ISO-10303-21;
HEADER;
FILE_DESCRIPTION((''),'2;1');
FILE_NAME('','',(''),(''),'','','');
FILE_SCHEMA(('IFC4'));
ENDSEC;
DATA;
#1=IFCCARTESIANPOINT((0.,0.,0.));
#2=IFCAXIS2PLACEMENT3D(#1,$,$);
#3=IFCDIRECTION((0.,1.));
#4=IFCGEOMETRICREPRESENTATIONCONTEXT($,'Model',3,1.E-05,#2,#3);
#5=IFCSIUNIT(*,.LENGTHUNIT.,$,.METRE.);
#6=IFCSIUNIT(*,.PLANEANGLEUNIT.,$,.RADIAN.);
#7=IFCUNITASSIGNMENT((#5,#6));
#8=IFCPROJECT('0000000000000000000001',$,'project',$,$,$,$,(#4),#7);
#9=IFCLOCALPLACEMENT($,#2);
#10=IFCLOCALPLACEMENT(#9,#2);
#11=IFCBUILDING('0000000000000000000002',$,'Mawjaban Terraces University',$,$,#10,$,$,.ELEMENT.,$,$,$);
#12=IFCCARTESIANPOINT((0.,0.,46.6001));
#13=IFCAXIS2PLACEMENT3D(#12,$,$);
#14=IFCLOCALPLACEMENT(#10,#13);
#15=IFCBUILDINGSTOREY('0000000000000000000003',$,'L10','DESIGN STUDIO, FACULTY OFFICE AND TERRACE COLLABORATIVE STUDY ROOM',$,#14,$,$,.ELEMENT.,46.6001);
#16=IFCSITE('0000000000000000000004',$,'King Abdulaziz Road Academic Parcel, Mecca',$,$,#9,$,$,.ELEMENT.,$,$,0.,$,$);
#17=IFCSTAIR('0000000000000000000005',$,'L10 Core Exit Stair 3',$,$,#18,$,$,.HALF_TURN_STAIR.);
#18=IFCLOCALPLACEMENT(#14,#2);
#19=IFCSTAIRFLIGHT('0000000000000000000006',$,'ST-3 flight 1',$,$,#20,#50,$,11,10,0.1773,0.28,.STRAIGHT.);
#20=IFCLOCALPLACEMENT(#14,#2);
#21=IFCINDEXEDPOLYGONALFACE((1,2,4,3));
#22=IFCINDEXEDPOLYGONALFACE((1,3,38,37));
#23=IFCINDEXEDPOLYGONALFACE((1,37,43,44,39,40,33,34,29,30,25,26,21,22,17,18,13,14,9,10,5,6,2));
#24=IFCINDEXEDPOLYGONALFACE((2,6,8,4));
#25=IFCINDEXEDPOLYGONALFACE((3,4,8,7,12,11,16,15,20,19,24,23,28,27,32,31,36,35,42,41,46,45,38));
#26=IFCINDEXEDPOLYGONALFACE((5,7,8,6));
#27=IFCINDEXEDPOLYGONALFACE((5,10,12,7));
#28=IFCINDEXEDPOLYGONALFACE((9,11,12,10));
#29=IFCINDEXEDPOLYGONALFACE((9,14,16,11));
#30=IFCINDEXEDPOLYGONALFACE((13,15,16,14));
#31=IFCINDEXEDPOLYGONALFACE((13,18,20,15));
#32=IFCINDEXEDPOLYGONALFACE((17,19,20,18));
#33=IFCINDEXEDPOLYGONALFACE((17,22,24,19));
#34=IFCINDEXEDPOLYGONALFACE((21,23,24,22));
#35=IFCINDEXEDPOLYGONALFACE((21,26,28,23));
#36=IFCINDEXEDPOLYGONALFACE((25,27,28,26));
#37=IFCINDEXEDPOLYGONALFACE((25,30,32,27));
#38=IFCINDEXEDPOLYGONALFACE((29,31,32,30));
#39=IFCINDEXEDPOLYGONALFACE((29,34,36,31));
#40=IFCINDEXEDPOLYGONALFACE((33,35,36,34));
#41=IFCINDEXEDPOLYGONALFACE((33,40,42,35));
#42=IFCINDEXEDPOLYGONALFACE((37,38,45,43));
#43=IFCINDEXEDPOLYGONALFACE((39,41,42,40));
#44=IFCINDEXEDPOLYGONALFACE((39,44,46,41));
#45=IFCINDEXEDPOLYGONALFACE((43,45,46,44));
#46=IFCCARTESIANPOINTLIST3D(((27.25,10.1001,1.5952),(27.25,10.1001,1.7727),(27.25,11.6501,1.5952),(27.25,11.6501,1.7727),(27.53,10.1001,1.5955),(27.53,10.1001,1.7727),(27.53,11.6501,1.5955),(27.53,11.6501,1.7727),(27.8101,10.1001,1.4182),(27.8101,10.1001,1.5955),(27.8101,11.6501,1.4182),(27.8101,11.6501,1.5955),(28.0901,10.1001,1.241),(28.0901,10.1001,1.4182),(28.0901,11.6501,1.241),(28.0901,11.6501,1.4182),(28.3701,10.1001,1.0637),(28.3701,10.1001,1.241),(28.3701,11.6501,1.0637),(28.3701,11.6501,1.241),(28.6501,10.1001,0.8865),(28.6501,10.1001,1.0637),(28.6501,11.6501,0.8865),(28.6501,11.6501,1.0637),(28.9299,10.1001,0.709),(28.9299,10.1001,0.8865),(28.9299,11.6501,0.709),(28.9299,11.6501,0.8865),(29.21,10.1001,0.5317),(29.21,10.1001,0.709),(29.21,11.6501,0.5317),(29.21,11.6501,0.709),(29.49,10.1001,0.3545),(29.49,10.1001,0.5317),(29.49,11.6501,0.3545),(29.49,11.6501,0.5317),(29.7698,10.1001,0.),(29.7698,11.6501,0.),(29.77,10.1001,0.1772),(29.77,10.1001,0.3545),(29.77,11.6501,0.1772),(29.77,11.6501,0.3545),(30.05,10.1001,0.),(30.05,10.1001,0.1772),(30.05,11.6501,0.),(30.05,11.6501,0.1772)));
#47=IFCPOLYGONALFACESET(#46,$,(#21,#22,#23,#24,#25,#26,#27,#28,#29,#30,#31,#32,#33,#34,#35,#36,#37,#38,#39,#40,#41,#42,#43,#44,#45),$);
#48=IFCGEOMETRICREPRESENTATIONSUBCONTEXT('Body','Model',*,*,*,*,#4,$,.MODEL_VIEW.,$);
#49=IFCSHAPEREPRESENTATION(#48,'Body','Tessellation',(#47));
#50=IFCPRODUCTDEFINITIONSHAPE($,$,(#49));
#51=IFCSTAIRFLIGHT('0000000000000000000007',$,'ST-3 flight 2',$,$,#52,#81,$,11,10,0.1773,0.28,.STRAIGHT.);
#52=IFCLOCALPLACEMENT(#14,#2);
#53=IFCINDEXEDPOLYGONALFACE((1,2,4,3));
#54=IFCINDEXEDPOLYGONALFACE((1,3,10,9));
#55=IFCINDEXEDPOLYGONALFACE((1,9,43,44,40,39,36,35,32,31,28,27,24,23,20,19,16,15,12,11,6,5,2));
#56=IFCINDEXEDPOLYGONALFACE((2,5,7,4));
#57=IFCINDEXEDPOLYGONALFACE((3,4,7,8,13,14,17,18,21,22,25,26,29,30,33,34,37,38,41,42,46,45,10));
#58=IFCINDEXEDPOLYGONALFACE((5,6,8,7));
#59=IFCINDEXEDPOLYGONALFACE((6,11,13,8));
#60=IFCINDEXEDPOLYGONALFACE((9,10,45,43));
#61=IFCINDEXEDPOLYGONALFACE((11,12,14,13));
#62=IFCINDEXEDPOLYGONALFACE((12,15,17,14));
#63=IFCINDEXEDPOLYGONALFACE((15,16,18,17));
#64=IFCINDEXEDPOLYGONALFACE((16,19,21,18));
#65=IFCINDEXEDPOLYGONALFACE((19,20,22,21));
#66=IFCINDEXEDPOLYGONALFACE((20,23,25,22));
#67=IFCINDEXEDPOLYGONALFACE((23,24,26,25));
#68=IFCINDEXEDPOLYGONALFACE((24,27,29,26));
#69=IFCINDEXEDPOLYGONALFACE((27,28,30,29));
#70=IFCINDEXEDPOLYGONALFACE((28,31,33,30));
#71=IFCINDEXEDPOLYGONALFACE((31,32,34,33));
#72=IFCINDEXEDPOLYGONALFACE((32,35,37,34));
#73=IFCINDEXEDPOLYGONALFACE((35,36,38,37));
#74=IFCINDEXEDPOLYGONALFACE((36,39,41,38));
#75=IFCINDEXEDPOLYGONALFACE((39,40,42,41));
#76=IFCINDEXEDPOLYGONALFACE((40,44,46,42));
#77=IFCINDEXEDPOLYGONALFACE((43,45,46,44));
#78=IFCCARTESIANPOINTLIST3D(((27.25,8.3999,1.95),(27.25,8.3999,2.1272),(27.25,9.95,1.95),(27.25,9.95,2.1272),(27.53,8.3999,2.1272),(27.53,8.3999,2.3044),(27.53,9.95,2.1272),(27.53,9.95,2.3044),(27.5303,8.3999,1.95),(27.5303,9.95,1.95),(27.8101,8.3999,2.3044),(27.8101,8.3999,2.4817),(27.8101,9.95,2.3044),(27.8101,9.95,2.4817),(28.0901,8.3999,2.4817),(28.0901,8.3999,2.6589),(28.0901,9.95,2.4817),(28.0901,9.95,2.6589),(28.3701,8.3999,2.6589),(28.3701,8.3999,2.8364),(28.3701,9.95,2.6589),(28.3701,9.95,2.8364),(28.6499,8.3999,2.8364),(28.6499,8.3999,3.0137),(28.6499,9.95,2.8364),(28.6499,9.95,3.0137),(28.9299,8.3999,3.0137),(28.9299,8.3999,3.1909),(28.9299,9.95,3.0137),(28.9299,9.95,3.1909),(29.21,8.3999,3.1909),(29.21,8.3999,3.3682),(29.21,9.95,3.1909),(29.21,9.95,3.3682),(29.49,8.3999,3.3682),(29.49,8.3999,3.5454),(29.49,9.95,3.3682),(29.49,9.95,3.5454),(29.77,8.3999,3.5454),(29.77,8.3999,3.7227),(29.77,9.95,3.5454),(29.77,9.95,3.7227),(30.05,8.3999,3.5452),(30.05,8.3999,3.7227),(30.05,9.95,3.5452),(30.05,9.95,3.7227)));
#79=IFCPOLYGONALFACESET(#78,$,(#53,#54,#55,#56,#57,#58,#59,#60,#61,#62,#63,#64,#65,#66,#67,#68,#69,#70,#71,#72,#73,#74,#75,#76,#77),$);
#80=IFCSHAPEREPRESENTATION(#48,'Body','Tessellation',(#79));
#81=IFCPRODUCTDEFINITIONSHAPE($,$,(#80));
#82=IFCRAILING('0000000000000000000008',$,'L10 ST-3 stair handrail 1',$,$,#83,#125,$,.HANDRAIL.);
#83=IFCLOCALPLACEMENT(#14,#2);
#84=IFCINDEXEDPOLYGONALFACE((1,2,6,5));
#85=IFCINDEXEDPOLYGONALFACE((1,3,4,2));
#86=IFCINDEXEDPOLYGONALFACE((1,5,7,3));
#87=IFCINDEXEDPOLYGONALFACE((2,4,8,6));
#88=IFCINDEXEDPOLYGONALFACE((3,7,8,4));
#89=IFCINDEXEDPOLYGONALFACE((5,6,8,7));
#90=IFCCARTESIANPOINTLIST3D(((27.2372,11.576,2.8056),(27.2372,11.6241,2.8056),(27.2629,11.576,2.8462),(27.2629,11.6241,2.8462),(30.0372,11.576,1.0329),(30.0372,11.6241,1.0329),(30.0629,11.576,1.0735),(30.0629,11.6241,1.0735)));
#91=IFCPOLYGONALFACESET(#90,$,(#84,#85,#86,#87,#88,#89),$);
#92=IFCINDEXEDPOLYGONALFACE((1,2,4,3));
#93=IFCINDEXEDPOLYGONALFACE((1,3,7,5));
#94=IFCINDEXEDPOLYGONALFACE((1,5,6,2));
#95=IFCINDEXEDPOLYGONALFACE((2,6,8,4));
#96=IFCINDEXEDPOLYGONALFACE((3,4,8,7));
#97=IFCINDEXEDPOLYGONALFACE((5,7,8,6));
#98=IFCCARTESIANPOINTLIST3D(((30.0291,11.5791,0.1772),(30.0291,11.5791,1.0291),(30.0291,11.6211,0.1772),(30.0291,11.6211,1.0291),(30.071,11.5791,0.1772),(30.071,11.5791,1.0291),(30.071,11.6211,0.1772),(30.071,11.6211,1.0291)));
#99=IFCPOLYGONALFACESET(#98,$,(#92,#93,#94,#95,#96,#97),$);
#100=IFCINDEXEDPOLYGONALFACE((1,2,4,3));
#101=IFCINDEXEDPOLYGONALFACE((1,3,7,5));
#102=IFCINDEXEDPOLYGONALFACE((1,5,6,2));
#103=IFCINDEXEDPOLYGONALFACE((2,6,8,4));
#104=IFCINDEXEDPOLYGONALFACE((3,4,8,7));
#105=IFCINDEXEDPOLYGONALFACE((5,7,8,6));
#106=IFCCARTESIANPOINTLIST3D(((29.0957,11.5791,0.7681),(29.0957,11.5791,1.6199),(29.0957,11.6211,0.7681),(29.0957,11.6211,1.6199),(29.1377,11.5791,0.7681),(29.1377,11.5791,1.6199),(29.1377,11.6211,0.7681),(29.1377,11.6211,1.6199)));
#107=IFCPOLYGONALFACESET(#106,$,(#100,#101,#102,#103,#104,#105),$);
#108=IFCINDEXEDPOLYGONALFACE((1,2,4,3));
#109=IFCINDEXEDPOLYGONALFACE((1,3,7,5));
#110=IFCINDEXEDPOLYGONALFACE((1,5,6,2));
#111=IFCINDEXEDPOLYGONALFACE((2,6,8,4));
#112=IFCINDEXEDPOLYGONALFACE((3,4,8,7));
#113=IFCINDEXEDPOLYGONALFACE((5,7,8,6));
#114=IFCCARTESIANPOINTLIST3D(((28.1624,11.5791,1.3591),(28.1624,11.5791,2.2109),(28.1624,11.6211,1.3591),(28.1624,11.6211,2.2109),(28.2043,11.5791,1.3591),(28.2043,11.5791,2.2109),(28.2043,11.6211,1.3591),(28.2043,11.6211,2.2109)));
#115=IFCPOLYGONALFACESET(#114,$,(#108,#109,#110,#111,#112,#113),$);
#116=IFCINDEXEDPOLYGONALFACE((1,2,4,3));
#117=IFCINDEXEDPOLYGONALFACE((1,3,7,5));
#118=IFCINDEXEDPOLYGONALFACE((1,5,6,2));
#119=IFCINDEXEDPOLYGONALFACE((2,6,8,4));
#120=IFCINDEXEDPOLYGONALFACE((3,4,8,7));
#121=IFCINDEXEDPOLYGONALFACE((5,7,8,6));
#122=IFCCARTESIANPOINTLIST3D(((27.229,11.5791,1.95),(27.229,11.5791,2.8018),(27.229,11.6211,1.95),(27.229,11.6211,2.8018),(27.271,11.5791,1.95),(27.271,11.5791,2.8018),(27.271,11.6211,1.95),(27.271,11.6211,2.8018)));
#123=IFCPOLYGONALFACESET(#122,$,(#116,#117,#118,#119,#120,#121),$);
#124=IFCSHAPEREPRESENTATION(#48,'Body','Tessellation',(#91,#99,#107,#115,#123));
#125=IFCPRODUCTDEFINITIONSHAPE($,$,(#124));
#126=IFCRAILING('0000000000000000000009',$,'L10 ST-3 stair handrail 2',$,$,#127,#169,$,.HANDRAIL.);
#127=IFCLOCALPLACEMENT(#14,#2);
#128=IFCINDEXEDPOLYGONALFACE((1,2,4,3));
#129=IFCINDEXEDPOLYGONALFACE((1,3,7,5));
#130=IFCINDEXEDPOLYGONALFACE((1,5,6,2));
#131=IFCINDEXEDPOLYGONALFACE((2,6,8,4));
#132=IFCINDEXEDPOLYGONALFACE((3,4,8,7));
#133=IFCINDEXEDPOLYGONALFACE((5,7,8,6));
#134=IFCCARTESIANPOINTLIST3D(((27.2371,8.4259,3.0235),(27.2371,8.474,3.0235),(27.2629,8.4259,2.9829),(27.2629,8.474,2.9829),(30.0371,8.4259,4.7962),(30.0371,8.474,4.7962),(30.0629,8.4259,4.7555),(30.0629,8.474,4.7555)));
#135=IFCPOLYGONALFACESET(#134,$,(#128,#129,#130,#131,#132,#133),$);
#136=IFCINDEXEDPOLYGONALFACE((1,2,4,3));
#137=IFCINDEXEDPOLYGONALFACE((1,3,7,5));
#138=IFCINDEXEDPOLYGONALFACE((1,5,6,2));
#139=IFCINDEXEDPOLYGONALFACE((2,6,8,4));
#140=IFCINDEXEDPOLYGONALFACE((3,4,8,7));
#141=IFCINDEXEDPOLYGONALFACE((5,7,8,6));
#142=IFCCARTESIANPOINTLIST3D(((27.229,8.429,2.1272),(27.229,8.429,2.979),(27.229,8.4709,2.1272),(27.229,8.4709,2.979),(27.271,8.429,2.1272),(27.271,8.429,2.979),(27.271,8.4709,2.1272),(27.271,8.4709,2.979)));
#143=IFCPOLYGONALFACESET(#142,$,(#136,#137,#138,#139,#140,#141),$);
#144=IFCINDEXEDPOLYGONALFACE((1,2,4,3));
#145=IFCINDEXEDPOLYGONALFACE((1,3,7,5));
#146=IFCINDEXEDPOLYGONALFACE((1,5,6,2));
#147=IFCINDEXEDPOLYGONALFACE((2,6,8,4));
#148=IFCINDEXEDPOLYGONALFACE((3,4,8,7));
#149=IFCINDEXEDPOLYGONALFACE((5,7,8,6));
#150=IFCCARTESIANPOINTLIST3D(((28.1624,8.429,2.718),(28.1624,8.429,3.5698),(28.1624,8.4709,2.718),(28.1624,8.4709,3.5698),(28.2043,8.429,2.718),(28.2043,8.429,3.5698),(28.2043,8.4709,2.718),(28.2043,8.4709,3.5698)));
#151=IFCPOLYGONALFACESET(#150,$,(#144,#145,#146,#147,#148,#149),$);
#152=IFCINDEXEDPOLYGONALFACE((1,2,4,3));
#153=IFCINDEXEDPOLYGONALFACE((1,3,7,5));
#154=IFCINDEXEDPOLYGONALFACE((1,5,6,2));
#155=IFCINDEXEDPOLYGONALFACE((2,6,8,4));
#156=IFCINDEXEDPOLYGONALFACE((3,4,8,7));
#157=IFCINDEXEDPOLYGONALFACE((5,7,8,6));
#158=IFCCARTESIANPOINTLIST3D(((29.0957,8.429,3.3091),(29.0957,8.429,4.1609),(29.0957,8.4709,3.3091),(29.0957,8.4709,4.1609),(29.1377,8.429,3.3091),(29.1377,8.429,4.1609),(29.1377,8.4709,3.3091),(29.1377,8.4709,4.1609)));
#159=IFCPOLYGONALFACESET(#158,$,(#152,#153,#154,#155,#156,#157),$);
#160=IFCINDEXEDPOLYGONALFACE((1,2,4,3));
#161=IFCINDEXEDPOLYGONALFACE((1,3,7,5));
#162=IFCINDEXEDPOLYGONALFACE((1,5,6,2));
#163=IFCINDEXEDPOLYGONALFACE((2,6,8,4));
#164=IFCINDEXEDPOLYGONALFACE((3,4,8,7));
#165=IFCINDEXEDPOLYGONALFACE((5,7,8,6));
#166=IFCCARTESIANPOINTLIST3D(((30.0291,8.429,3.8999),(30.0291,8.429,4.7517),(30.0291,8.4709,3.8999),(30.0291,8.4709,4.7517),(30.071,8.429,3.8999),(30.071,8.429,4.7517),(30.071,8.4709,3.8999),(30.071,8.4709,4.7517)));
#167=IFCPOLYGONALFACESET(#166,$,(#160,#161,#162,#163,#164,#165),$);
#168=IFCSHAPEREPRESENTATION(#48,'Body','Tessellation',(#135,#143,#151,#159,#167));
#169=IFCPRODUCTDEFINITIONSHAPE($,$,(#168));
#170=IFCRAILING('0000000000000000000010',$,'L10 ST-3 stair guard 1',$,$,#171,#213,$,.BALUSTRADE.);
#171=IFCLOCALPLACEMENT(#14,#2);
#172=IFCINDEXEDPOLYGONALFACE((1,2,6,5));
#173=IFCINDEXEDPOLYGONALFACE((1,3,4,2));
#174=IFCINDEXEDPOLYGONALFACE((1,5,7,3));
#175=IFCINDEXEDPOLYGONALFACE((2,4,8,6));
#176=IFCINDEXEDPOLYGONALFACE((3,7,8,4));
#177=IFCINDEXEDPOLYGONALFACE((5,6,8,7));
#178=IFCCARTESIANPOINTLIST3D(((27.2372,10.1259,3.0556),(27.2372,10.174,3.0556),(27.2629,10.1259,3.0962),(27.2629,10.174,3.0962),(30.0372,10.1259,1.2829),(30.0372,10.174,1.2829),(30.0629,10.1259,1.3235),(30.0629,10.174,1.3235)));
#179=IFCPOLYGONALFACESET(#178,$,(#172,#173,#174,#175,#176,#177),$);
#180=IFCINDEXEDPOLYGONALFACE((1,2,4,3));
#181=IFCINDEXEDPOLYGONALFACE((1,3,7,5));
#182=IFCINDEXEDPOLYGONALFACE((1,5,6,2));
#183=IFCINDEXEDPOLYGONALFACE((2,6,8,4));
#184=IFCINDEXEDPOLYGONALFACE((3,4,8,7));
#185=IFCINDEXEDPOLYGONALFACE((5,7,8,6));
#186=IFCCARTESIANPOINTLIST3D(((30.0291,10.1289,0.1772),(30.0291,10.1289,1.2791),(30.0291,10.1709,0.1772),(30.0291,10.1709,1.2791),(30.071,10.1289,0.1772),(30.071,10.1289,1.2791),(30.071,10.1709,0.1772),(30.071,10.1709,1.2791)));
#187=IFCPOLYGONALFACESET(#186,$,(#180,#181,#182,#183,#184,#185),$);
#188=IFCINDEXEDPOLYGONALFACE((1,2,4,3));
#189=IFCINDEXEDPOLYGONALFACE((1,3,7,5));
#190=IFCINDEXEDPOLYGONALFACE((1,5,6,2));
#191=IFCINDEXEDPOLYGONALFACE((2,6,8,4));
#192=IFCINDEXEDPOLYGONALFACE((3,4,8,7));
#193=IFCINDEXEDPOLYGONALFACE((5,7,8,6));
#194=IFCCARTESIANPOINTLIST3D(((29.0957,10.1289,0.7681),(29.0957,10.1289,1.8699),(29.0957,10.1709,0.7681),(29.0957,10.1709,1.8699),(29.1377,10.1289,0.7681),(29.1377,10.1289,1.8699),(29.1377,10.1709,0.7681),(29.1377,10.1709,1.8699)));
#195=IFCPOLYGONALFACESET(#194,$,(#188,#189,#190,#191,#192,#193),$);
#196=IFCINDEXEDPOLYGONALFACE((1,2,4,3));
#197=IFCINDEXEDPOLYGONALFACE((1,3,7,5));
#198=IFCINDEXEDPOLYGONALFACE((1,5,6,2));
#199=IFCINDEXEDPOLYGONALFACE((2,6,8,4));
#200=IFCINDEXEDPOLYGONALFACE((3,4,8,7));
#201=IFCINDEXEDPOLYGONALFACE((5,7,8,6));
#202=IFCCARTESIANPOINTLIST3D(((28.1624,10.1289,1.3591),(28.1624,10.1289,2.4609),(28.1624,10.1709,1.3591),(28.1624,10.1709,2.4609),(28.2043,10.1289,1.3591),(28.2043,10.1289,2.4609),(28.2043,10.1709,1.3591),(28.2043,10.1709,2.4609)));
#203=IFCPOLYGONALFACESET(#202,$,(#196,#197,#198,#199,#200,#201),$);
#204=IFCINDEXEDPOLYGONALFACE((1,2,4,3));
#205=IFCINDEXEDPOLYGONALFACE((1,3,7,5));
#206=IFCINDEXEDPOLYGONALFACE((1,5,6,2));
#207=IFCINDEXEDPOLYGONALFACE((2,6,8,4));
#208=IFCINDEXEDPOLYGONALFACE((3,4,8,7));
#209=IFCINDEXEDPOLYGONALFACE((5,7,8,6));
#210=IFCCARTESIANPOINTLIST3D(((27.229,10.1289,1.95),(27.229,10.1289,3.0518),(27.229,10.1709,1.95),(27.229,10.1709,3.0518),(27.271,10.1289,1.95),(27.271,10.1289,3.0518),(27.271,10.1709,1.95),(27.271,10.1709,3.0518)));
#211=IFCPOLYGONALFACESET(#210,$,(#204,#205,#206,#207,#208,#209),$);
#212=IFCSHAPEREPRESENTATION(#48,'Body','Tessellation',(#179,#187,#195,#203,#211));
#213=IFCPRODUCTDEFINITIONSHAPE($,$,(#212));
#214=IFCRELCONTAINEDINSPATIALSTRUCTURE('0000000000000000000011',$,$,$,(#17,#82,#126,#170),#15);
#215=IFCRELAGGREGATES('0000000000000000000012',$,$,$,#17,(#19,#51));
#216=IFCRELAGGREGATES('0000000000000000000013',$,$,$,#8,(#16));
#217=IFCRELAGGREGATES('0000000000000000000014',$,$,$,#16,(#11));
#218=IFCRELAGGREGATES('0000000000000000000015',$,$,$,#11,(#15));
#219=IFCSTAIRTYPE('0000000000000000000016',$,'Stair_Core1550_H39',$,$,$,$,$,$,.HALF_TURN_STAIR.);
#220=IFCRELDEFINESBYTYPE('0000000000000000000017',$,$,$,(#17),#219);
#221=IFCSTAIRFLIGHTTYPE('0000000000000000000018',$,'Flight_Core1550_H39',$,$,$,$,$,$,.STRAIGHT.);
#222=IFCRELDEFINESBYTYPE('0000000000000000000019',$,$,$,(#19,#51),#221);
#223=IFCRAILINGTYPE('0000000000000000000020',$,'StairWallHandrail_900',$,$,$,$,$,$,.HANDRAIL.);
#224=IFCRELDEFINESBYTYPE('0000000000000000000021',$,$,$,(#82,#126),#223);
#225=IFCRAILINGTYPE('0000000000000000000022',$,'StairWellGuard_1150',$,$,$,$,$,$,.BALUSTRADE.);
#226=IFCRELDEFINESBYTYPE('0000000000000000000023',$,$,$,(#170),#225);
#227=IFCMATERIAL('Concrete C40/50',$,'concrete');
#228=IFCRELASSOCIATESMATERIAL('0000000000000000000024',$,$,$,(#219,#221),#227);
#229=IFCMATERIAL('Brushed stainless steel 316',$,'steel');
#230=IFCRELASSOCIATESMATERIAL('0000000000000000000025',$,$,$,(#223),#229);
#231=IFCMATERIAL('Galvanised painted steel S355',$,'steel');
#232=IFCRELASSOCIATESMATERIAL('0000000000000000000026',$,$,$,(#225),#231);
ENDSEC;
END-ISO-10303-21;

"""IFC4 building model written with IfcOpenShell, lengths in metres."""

from ifc_helpers import new_model, si_unit, direction, frame, origin, origin_2d, place, context, subcontext, project, spatial, polyline, rectangle, outline, extrude, material, type_object, element, aggregate, save


model = new_model("IFC4")

# Units and contexts
model_context = context("Model", 3, precision=1e-05, world=origin(), true_north=direction((0.0, 1.0)))
body_context = subcontext(model_context, "Body", "Model", "MODEL_VIEW")
ifc_project = project(units=[si_unit("LENGTHUNIT", "METRE"), si_unit("PLANEANGLEUNIT", "RADIAN")], contexts=[model_context])

# Site, building, storey
site_placement = place(None, origin())
site = spatial("IfcSite", under=ifc_project, at=site_placement, Name="King Abdulaziz Road Academic Parcel, Mecca", CompositionType="ELEMENT", RefElevation=0.0)
building_placement = place(site_placement, origin())
building = spatial("IfcBuilding", under=site, at=building_placement, Name="Mawjaban Terraces University", CompositionType="ELEMENT")
storey_placement = place(building_placement, frame((0.0, 0.0, 46.6001)))
storey = spatial("IfcBuildingStorey", under=building, at=storey_placement, Name="L10", Description="DESIGN STUDIO, FACULTY OFFICE AND TERRACE COLLABORATIVE STUDY ROOM", CompositionType="ELEMENT", Elevation=46.6001)

# Shared definitions
ifc_material_1 = material(Name="Concrete C40/50", Category="concrete")

# Stair, stair flights
stair_type = type_object("IfcStairType", Name="Stair_Core1550_H39", PredefinedType="HALF_TURN_STAIR", material=ifc_material_1)
stair_placement = place(storey_placement, origin())
stair = element("IfcStair", 1, at=stair_placement, inside=storey, type_object=stair_type, Name="L10 Core Exit Stair 3", PredefinedType="HALF_TURN_STAIR")
stair_flight_type = type_object("IfcStairFlightType", Name="Flight_Core1550_H39", PredefinedType="STRAIGHT", material=ifc_material_1)
stair_flight_1_placement = place(storey_placement, frame((30.05, 10.875, 0.0), z_axis=(0.0, 0.0, 1.0), x_axis=(-1.0, 0.0, 0.0)))
stair_flight_1 = element("IfcStairFlight", 2, at=stair_flight_1_placement, type_object=stair_flight_type, Name="ST-3 flight 1", NumberOfRisers=11, NumberOfTreads=10, PredefinedType="STRAIGHT", RiserHeight=0.1773, TreadLength=0.28, context=body_context, shape_type="SweptSolid", body=[
    extrude(outline(polyline([(0.0, 0.0), (0.0, 0.1772), (0.28, 0.1772), (0.28, 0.3545), (0.5601, 0.3545), (0.5601, 0.5317), (0.8401, 0.5317), (0.8401, 0.709), (1.1201, 0.709), (1.1201, 0.8865), (1.3999, 0.8865), (1.3999, 1.0637), (1.6799, 1.0637), (1.6799, 1.241), (1.96, 1.241), (1.96, 1.4182), (2.24, 1.4182), (2.24, 1.5955), (2.52, 1.5955), (2.52, 1.7727), (2.8, 1.7727), (2.8, 1.95), (2.8, 1.5952), (0.2803, 0.0), (0.0, 0.0)])), frame((0.0, 0.7749, 0.0), z_axis=(0.0, -1.0, 0.0), x_axis=(1.0, 0.0, 0.0)), (0.0, 0.0, 1.0), 1.55),
])
stair_flight_2_placement = place(storey_placement, frame((27.25, 9.175, 1.95), z_axis=(0.0, 0.0, 1.0), x_axis=(1.0, 0.0, 0.0)))
stair_flight_2 = element("IfcStairFlight", 3, at=stair_flight_2_placement, type_object=stair_flight_type, Name="ST-3 flight 2", NumberOfRisers=11, NumberOfTreads=10, PredefinedType="STRAIGHT", RiserHeight=0.1773, TreadLength=0.28, context=body_context, shape_type="SweptSolid", body=[
    extrude(outline(polyline([(0.0, 0.0), (0.0, 0.1772), (0.28, 0.1772), (0.28, 0.3545), (0.5601, 0.3545), (0.5601, 0.5317), (0.8401, 0.5317), (0.8401, 0.709), (1.1201, 0.709), (1.1201, 0.8865), (1.3999, 0.8865), (1.3999, 1.0637), (1.6799, 1.0637), (1.6799, 1.241), (1.96, 1.241), (1.96, 1.4182), (2.24, 1.4182), (2.24, 1.5955), (2.52, 1.5955), (2.52, 1.7727), (2.8, 1.7727), (2.8, 1.95), (2.8, 1.5952), (0.2803, 0.0), (0.0, 0.0)])), frame((0.0, 0.7749, 0.0), z_axis=(0.0, -1.0, 0.0), x_axis=(1.0, 0.0, 0.0)), (0.0, 0.0, 1.0), 1.55),
])
aggregate(stair, [stair_flight_1, stair_flight_2])

# Railings
ifc_material_2 = material(Name="Brushed stainless steel 316", Category="steel")
railing_type_1 = type_object("IfcRailingType", Name="StairWallHandrail_900", PredefinedType="HANDRAIL", material=ifc_material_2)
railing_1_placement = place(storey_placement, frame((30.05, 11.6001, 0.1772)))
element("IfcRailing", 4, at=railing_1_placement, inside=storey, type_object=railing_type_1, Name="L10 ST-3 stair handrail 1", PredefinedType="HANDRAIL", context=body_context, shape_type="SweptSolid", body=[
    extrude(rectangle(XDim=0.0481, YDim=0.0481, at=origin_2d()), frame((0.0, 0.0, 0.876), z_axis=(-0.844909, 0.0, 0.53491), x_axis=(0.0, -1.0, 0.0)), (0.0, 0.0, 1.0), 3.314),
    extrude(rectangle(XDim=0.042, YDim=0.042, at=origin_2d()), origin(), (0.0, 0.0, 1.0), 0.8518),
    extrude(rectangle(XDim=0.042, YDim=0.042, at=origin_2d()), frame((-0.9333, 0.0, 0.5908)), (0.0, 0.0, 1.0), 0.8518),
    extrude(rectangle(XDim=0.042, YDim=0.042, at=origin_2d()), frame((-1.8667, 0.0, 1.1819)), (0.0, 0.0, 1.0), 0.8518),
    extrude(rectangle(XDim=0.042, YDim=0.042, at=origin_2d()), frame((-2.8, 0.0, 1.7727)), (0.0, 0.0, 1.0), 0.8518),
])
railing_2_placement = place(storey_placement, frame((27.25, 8.45, 2.1272)))
element("IfcRailing", 5, at=railing_2_placement, inside=storey, type_object=railing_type_1, Name="L10 ST-3 stair handrail 2", PredefinedType="HANDRAIL", context=body_context, shape_type="SweptSolid", body=[
    extrude(rectangle(XDim=0.0481, YDim=0.0481, at=origin_2d()), frame((0.0, 0.0, 0.876), z_axis=(0.844909, 0.0, 0.53491), x_axis=(0.0, 1.0, 0.0)), (0.0, 0.0, 1.0), 3.314),
    extrude(rectangle(XDim=0.042, YDim=0.042, at=origin_2d()), origin(), (0.0, 0.0, 1.0), 0.8518),
    extrude(rectangle(XDim=0.042, YDim=0.042, at=origin_2d()), frame((0.9333, 0.0, 0.5908)), (0.0, 0.0, 1.0), 0.8518),
    extrude(rectangle(XDim=0.042, YDim=0.042, at=origin_2d()), frame((1.8667, 0.0, 1.1819)), (0.0, 0.0, 1.0), 0.8518),
    extrude(rectangle(XDim=0.042, YDim=0.042, at=origin_2d()), frame((2.8, 0.0, 1.7727)), (0.0, 0.0, 1.0), 0.8518),
])
ifc_material_3 = material(Name="Galvanised painted steel S355", Category="steel")
railing_type_2 = type_object("IfcRailingType", Name="StairWellGuard_1150", PredefinedType="BALUSTRADE", material=ifc_material_3)
railing_3_placement = place(storey_placement, frame((30.05, 10.1499, 0.1772)))
element("IfcRailing", 6, at=railing_3_placement, inside=storey, type_object=railing_type_2, Name="L10 ST-3 stair guard 1", PredefinedType="BALUSTRADE", context=body_context, shape_type="SweptSolid", body=[
    extrude(rectangle(XDim=0.0481, YDim=0.0481, at=origin_2d()), frame((0.0, 0.0, 1.126), z_axis=(-0.844909, 0.0, 0.53491), x_axis=(0.0, -1.0, 0.0)), (0.0, 0.0, 1.0), 3.314),
    extrude(rectangle(XDim=0.042, YDim=0.042, at=origin_2d()), origin(), (0.0, 0.0, 1.0), 1.1018),
    extrude(rectangle(XDim=0.042, YDim=0.042, at=origin_2d()), frame((-0.9333, 0.0, 0.5908)), (0.0, 0.0, 1.0), 1.1018),
    extrude(rectangle(XDim=0.042, YDim=0.042, at=origin_2d()), frame((-1.8667, 0.0, 1.1819)), (0.0, 0.0, 1.0), 1.1018),
    extrude(rectangle(XDim=0.042, YDim=0.042, at=origin_2d()), frame((-2.8, 0.0, 1.7727)), (0.0, 0.0, 1.0), 1.1018),
])

save(model, "model.ifc")
